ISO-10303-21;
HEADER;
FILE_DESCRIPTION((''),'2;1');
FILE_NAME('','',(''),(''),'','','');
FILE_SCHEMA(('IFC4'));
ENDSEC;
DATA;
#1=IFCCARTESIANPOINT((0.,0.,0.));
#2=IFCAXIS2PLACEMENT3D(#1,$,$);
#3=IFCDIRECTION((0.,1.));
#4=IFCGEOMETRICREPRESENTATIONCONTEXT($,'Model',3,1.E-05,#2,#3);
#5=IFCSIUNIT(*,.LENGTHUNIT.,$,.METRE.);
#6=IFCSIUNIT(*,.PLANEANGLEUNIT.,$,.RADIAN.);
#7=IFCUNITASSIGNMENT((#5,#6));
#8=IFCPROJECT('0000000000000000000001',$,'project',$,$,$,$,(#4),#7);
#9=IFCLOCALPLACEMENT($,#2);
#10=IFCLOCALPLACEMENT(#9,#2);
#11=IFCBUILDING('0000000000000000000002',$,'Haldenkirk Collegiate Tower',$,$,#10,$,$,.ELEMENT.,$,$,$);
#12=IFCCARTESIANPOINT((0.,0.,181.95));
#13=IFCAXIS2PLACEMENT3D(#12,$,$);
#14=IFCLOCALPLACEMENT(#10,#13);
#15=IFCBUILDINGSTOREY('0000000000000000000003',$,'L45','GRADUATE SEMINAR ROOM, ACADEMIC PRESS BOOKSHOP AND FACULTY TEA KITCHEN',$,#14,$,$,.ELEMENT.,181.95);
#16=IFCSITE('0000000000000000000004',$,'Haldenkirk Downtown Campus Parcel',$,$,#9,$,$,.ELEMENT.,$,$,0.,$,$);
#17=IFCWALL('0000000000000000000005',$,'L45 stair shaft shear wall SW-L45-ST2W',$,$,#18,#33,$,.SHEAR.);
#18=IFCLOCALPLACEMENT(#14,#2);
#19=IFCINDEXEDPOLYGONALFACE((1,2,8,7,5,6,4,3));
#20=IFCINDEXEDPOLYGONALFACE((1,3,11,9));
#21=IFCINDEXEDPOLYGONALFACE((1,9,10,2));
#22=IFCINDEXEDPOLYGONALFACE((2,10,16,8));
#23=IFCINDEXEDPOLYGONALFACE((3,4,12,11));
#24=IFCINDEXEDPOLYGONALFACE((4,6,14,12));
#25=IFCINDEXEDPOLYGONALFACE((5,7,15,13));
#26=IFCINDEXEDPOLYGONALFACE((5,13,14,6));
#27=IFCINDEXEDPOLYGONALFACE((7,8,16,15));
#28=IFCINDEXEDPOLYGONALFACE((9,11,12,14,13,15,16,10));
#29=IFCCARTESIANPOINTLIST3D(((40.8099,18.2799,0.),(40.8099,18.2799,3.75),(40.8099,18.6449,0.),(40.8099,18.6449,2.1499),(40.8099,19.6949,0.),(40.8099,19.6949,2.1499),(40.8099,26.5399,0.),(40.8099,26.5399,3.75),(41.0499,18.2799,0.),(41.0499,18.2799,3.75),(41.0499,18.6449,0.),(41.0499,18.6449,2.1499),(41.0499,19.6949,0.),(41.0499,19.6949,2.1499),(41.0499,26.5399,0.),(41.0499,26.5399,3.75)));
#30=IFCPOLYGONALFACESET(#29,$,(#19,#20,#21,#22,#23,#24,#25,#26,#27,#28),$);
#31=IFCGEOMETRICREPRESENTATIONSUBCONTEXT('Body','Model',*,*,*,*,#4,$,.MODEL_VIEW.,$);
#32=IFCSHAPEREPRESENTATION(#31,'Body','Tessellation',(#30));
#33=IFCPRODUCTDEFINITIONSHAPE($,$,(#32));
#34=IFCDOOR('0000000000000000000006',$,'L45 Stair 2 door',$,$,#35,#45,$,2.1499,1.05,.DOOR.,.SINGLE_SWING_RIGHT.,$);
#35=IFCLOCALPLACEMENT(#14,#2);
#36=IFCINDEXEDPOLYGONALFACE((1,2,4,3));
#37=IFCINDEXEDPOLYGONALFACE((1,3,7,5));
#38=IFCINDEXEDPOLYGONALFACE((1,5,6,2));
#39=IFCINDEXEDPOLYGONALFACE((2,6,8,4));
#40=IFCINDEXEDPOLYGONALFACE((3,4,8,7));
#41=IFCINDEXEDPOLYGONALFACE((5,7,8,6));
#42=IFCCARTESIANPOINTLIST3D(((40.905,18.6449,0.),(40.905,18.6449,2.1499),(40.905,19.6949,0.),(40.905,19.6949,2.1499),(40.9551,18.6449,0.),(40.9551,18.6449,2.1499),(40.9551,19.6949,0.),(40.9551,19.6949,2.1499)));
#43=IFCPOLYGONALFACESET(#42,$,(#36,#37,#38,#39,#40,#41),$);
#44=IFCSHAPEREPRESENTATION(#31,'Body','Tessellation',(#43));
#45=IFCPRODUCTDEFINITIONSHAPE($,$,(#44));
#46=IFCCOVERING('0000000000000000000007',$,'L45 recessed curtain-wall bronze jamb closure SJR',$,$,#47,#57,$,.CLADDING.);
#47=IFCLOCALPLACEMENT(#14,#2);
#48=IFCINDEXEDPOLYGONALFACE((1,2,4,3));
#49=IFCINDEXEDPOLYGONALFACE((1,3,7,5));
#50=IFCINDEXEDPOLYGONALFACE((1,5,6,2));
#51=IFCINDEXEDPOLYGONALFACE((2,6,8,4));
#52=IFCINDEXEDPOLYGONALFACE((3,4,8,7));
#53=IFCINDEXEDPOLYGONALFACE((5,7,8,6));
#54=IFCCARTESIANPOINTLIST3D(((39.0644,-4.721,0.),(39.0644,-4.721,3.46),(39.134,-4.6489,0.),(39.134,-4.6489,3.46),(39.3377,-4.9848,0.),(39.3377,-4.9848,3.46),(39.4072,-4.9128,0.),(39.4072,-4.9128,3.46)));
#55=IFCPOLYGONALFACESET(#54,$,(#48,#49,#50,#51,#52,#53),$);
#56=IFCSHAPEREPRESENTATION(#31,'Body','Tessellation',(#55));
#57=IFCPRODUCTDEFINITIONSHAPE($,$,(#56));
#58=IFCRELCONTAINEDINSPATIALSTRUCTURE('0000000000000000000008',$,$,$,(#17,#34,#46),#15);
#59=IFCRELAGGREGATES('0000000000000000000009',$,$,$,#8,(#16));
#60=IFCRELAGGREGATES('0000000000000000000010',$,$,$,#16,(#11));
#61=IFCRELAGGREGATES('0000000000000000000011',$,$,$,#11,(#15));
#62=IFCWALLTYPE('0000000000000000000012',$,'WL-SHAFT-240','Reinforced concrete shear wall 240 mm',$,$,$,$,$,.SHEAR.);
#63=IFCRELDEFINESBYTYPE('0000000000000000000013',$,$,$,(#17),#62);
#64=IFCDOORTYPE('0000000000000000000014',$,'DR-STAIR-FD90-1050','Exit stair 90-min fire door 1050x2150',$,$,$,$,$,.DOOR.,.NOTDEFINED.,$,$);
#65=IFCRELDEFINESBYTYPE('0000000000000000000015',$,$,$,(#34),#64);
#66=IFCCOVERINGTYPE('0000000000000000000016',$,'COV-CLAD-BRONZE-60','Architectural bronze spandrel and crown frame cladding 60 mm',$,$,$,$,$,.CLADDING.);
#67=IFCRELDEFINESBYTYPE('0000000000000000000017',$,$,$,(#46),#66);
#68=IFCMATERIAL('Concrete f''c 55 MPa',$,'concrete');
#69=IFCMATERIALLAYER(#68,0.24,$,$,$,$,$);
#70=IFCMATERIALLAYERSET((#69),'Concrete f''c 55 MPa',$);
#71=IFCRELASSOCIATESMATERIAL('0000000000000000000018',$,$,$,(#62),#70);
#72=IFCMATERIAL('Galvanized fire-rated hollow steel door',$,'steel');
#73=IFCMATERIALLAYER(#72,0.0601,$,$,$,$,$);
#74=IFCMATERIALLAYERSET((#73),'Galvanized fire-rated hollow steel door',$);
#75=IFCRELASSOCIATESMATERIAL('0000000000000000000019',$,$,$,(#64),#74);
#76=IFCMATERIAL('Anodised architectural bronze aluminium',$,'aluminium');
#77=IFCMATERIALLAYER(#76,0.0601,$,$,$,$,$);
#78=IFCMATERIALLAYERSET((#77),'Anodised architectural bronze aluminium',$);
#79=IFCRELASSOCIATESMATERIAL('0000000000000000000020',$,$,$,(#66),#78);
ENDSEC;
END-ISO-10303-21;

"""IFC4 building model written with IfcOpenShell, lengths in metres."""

from ifc_helpers import new_model, si_unit, direction, frame, frame_2d, origin, origin_2d, place, context, subcontext, project, spatial, rectangle, extrude, source, transform, mapped, material, layer, layer_set, type_object, element, fill, save


model = new_model("IFC4")

# Units and contexts
model_context = context("Model", 3, precision=1e-05, world=origin(), true_north=direction((0.0, 1.0)))
body_context = subcontext(model_context, "Body", "Model", "MODEL_VIEW")
ifc_project = project(units=[si_unit("LENGTHUNIT", "METRE"), si_unit("PLANEANGLEUNIT", "RADIAN")], contexts=[model_context])

# Site, building, storey
site_placement = place(None, origin())
site = spatial("IfcSite", under=ifc_project, at=site_placement, Name="Haldenkirk Downtown Campus Parcel", CompositionType="ELEMENT", RefElevation=0.0)
building_placement = place(site_placement, origin())
building = spatial("IfcBuilding", under=site, at=building_placement, Name="Haldenkirk Collegiate Tower", CompositionType="ELEMENT")
storey_placement = place(building_placement, frame((0.0, 0.0, 181.95)))
storey = spatial("IfcBuildingStorey", under=building, at=storey_placement, Name="L45", Description="GRADUATE SEMINAR ROOM, ACADEMIC PRESS BOOKSHOP AND FACULTY TEA KITCHEN", CompositionType="ELEMENT", Elevation=181.95)

# Shared definitions
ifc_material_1 = material(Name="Anodised architectural bronze aluminium", Category="aluminium")

# Shared definitions
ifc_material_2 = material(Name="Concrete f'c 55 MPa", Category="concrete")
ifc_material_3 = material(Name="Galvanized fire-rated hollow steel door", Category="steel")

# Wall, opening, door
ifc_layer_1 = layer(ifc_material_2, 0.24)
ifc_layer_set_1 = layer_set([ifc_layer_1], Name="Concrete f'c 55 MPa")
wall_type_1 = type_object("IfcWallType", Name="WL-SHAFT-240", Description="Reinforced concrete shear wall 240 mm", PredefinedType="SHEAR", material=ifc_layer_set_1)
wall_1_placement = place(storey_placement, frame((40.9299, 18.28, 0.0), z_axis=(0.0, 0.0, 1.0), x_axis=(0.0, 1.0, 0.0)))
wall_1 = element("IfcWall", 1, at=wall_1_placement, inside=storey, type_object=wall_type_1, Name="L45 stair shaft shear wall SW-L45-ST2W", PredefinedType="SHEAR", context=body_context, shape_type="SweptSolid", body=[
    extrude(rectangle(XDim=8.26, YDim=0.24, at=frame_2d((4.1299, 0.0))), origin(), (0.0, 0.0, 1.0), 3.75),
])
opening_1_placement = place(wall_1_placement, frame((0.365, 0.0, 0.0)))
opening_1 = element("IfcOpeningElement", 2, at=opening_1_placement, cuts=wall_1, PredefinedType="OPENING", context=body_context, shape_type="SweptSolid", body=[
    extrude(rectangle(XDim=1.05, YDim=2.1499, at=frame_2d((0.5249, 1.075))), frame((0.0, 0.1299, 0.0), z_axis=(0.0, -1.0, 0.0), x_axis=(1.0, 0.0, 0.0)), (0.0, 0.0, 1.0), 0.26),
])
ifc_layer_2 = layer(ifc_material_3, 0.0601)
ifc_layer_set_2 = layer_set([ifc_layer_2], Name="Galvanized fire-rated hollow steel door")
door_type_1 = type_object("IfcDoorType", Name="DR-STAIR-FD90-1050", Description="Exit stair 90-min fire door 1050x2150", OperationType="NOTDEFINED", PredefinedType="DOOR", material=ifc_layer_set_2)
door_1_placement = place(opening_1_placement, origin())
door_1 = element("IfcDoor", 3, at=door_1_placement, inside=storey, type_object=door_type_1, Name="L45 Stair 2 door", OperationType="SINGLE_SWING_RIGHT", OverallHeight=2.1499, OverallWidth=1.05, PredefinedType="DOOR", context=body_context, shape_type="SweptSolid", body=[
    extrude(rectangle(XDim=1.05, YDim=2.1499, at=frame_2d((0.5249, 1.075))), frame((0.0, 0.0249, 0.0), z_axis=(0.0, -1.0, 0.0), x_axis=(1.0, 0.0, 0.0)), (0.0, 0.0, 1.0), 0.05),
])
fill(opening_1, door_1)

# Covering
ifc_layer_3 = layer(ifc_material_1, 0.0601)
ifc_layer_set_3 = layer_set([ifc_layer_3], Name="Anodised architectural bronze aluminium")
covering_type = type_object("IfcCoveringType", Name="COV-CLAD-BRONZE-60", Description="Architectural bronze spandrel and crown frame cladding 60 mm", PredefinedType="CLADDING", material=ifc_layer_set_3)
shared_shape_1 = source(origin(), body_context, "Body", "SweptSolid", [
    extrude(rectangle(XDim=0.1001, YDim=0.3799, at=origin_2d()), origin(), (0.0, 0.0, 1.0), 3.46),
])
covering_placement = place(storey_placement, frame((39.2358, -4.8169, 0.0), z_axis=(0.0, 0.0, 1.0), x_axis=(-0.694658, -0.71934, 0.0)))
element("IfcCovering", 4, at=covering_placement, inside=storey, type_object=covering_type, Name="L45 recessed curtain-wall bronze jamb closure SJR", PredefinedType="CLADDING", context=body_context, shape_type="MappedRepresentation", body=[
    mapped(shared_shape_1, transform((0.0, 0.0, 0.0), x_axis=(1.0, 0.0, 0.0), y_axis=(0.0, 1.0, 0.0), z_axis=(0.0, 0.0, 1.0), scale=1.0)),
])

save(model, "model.ifc")
